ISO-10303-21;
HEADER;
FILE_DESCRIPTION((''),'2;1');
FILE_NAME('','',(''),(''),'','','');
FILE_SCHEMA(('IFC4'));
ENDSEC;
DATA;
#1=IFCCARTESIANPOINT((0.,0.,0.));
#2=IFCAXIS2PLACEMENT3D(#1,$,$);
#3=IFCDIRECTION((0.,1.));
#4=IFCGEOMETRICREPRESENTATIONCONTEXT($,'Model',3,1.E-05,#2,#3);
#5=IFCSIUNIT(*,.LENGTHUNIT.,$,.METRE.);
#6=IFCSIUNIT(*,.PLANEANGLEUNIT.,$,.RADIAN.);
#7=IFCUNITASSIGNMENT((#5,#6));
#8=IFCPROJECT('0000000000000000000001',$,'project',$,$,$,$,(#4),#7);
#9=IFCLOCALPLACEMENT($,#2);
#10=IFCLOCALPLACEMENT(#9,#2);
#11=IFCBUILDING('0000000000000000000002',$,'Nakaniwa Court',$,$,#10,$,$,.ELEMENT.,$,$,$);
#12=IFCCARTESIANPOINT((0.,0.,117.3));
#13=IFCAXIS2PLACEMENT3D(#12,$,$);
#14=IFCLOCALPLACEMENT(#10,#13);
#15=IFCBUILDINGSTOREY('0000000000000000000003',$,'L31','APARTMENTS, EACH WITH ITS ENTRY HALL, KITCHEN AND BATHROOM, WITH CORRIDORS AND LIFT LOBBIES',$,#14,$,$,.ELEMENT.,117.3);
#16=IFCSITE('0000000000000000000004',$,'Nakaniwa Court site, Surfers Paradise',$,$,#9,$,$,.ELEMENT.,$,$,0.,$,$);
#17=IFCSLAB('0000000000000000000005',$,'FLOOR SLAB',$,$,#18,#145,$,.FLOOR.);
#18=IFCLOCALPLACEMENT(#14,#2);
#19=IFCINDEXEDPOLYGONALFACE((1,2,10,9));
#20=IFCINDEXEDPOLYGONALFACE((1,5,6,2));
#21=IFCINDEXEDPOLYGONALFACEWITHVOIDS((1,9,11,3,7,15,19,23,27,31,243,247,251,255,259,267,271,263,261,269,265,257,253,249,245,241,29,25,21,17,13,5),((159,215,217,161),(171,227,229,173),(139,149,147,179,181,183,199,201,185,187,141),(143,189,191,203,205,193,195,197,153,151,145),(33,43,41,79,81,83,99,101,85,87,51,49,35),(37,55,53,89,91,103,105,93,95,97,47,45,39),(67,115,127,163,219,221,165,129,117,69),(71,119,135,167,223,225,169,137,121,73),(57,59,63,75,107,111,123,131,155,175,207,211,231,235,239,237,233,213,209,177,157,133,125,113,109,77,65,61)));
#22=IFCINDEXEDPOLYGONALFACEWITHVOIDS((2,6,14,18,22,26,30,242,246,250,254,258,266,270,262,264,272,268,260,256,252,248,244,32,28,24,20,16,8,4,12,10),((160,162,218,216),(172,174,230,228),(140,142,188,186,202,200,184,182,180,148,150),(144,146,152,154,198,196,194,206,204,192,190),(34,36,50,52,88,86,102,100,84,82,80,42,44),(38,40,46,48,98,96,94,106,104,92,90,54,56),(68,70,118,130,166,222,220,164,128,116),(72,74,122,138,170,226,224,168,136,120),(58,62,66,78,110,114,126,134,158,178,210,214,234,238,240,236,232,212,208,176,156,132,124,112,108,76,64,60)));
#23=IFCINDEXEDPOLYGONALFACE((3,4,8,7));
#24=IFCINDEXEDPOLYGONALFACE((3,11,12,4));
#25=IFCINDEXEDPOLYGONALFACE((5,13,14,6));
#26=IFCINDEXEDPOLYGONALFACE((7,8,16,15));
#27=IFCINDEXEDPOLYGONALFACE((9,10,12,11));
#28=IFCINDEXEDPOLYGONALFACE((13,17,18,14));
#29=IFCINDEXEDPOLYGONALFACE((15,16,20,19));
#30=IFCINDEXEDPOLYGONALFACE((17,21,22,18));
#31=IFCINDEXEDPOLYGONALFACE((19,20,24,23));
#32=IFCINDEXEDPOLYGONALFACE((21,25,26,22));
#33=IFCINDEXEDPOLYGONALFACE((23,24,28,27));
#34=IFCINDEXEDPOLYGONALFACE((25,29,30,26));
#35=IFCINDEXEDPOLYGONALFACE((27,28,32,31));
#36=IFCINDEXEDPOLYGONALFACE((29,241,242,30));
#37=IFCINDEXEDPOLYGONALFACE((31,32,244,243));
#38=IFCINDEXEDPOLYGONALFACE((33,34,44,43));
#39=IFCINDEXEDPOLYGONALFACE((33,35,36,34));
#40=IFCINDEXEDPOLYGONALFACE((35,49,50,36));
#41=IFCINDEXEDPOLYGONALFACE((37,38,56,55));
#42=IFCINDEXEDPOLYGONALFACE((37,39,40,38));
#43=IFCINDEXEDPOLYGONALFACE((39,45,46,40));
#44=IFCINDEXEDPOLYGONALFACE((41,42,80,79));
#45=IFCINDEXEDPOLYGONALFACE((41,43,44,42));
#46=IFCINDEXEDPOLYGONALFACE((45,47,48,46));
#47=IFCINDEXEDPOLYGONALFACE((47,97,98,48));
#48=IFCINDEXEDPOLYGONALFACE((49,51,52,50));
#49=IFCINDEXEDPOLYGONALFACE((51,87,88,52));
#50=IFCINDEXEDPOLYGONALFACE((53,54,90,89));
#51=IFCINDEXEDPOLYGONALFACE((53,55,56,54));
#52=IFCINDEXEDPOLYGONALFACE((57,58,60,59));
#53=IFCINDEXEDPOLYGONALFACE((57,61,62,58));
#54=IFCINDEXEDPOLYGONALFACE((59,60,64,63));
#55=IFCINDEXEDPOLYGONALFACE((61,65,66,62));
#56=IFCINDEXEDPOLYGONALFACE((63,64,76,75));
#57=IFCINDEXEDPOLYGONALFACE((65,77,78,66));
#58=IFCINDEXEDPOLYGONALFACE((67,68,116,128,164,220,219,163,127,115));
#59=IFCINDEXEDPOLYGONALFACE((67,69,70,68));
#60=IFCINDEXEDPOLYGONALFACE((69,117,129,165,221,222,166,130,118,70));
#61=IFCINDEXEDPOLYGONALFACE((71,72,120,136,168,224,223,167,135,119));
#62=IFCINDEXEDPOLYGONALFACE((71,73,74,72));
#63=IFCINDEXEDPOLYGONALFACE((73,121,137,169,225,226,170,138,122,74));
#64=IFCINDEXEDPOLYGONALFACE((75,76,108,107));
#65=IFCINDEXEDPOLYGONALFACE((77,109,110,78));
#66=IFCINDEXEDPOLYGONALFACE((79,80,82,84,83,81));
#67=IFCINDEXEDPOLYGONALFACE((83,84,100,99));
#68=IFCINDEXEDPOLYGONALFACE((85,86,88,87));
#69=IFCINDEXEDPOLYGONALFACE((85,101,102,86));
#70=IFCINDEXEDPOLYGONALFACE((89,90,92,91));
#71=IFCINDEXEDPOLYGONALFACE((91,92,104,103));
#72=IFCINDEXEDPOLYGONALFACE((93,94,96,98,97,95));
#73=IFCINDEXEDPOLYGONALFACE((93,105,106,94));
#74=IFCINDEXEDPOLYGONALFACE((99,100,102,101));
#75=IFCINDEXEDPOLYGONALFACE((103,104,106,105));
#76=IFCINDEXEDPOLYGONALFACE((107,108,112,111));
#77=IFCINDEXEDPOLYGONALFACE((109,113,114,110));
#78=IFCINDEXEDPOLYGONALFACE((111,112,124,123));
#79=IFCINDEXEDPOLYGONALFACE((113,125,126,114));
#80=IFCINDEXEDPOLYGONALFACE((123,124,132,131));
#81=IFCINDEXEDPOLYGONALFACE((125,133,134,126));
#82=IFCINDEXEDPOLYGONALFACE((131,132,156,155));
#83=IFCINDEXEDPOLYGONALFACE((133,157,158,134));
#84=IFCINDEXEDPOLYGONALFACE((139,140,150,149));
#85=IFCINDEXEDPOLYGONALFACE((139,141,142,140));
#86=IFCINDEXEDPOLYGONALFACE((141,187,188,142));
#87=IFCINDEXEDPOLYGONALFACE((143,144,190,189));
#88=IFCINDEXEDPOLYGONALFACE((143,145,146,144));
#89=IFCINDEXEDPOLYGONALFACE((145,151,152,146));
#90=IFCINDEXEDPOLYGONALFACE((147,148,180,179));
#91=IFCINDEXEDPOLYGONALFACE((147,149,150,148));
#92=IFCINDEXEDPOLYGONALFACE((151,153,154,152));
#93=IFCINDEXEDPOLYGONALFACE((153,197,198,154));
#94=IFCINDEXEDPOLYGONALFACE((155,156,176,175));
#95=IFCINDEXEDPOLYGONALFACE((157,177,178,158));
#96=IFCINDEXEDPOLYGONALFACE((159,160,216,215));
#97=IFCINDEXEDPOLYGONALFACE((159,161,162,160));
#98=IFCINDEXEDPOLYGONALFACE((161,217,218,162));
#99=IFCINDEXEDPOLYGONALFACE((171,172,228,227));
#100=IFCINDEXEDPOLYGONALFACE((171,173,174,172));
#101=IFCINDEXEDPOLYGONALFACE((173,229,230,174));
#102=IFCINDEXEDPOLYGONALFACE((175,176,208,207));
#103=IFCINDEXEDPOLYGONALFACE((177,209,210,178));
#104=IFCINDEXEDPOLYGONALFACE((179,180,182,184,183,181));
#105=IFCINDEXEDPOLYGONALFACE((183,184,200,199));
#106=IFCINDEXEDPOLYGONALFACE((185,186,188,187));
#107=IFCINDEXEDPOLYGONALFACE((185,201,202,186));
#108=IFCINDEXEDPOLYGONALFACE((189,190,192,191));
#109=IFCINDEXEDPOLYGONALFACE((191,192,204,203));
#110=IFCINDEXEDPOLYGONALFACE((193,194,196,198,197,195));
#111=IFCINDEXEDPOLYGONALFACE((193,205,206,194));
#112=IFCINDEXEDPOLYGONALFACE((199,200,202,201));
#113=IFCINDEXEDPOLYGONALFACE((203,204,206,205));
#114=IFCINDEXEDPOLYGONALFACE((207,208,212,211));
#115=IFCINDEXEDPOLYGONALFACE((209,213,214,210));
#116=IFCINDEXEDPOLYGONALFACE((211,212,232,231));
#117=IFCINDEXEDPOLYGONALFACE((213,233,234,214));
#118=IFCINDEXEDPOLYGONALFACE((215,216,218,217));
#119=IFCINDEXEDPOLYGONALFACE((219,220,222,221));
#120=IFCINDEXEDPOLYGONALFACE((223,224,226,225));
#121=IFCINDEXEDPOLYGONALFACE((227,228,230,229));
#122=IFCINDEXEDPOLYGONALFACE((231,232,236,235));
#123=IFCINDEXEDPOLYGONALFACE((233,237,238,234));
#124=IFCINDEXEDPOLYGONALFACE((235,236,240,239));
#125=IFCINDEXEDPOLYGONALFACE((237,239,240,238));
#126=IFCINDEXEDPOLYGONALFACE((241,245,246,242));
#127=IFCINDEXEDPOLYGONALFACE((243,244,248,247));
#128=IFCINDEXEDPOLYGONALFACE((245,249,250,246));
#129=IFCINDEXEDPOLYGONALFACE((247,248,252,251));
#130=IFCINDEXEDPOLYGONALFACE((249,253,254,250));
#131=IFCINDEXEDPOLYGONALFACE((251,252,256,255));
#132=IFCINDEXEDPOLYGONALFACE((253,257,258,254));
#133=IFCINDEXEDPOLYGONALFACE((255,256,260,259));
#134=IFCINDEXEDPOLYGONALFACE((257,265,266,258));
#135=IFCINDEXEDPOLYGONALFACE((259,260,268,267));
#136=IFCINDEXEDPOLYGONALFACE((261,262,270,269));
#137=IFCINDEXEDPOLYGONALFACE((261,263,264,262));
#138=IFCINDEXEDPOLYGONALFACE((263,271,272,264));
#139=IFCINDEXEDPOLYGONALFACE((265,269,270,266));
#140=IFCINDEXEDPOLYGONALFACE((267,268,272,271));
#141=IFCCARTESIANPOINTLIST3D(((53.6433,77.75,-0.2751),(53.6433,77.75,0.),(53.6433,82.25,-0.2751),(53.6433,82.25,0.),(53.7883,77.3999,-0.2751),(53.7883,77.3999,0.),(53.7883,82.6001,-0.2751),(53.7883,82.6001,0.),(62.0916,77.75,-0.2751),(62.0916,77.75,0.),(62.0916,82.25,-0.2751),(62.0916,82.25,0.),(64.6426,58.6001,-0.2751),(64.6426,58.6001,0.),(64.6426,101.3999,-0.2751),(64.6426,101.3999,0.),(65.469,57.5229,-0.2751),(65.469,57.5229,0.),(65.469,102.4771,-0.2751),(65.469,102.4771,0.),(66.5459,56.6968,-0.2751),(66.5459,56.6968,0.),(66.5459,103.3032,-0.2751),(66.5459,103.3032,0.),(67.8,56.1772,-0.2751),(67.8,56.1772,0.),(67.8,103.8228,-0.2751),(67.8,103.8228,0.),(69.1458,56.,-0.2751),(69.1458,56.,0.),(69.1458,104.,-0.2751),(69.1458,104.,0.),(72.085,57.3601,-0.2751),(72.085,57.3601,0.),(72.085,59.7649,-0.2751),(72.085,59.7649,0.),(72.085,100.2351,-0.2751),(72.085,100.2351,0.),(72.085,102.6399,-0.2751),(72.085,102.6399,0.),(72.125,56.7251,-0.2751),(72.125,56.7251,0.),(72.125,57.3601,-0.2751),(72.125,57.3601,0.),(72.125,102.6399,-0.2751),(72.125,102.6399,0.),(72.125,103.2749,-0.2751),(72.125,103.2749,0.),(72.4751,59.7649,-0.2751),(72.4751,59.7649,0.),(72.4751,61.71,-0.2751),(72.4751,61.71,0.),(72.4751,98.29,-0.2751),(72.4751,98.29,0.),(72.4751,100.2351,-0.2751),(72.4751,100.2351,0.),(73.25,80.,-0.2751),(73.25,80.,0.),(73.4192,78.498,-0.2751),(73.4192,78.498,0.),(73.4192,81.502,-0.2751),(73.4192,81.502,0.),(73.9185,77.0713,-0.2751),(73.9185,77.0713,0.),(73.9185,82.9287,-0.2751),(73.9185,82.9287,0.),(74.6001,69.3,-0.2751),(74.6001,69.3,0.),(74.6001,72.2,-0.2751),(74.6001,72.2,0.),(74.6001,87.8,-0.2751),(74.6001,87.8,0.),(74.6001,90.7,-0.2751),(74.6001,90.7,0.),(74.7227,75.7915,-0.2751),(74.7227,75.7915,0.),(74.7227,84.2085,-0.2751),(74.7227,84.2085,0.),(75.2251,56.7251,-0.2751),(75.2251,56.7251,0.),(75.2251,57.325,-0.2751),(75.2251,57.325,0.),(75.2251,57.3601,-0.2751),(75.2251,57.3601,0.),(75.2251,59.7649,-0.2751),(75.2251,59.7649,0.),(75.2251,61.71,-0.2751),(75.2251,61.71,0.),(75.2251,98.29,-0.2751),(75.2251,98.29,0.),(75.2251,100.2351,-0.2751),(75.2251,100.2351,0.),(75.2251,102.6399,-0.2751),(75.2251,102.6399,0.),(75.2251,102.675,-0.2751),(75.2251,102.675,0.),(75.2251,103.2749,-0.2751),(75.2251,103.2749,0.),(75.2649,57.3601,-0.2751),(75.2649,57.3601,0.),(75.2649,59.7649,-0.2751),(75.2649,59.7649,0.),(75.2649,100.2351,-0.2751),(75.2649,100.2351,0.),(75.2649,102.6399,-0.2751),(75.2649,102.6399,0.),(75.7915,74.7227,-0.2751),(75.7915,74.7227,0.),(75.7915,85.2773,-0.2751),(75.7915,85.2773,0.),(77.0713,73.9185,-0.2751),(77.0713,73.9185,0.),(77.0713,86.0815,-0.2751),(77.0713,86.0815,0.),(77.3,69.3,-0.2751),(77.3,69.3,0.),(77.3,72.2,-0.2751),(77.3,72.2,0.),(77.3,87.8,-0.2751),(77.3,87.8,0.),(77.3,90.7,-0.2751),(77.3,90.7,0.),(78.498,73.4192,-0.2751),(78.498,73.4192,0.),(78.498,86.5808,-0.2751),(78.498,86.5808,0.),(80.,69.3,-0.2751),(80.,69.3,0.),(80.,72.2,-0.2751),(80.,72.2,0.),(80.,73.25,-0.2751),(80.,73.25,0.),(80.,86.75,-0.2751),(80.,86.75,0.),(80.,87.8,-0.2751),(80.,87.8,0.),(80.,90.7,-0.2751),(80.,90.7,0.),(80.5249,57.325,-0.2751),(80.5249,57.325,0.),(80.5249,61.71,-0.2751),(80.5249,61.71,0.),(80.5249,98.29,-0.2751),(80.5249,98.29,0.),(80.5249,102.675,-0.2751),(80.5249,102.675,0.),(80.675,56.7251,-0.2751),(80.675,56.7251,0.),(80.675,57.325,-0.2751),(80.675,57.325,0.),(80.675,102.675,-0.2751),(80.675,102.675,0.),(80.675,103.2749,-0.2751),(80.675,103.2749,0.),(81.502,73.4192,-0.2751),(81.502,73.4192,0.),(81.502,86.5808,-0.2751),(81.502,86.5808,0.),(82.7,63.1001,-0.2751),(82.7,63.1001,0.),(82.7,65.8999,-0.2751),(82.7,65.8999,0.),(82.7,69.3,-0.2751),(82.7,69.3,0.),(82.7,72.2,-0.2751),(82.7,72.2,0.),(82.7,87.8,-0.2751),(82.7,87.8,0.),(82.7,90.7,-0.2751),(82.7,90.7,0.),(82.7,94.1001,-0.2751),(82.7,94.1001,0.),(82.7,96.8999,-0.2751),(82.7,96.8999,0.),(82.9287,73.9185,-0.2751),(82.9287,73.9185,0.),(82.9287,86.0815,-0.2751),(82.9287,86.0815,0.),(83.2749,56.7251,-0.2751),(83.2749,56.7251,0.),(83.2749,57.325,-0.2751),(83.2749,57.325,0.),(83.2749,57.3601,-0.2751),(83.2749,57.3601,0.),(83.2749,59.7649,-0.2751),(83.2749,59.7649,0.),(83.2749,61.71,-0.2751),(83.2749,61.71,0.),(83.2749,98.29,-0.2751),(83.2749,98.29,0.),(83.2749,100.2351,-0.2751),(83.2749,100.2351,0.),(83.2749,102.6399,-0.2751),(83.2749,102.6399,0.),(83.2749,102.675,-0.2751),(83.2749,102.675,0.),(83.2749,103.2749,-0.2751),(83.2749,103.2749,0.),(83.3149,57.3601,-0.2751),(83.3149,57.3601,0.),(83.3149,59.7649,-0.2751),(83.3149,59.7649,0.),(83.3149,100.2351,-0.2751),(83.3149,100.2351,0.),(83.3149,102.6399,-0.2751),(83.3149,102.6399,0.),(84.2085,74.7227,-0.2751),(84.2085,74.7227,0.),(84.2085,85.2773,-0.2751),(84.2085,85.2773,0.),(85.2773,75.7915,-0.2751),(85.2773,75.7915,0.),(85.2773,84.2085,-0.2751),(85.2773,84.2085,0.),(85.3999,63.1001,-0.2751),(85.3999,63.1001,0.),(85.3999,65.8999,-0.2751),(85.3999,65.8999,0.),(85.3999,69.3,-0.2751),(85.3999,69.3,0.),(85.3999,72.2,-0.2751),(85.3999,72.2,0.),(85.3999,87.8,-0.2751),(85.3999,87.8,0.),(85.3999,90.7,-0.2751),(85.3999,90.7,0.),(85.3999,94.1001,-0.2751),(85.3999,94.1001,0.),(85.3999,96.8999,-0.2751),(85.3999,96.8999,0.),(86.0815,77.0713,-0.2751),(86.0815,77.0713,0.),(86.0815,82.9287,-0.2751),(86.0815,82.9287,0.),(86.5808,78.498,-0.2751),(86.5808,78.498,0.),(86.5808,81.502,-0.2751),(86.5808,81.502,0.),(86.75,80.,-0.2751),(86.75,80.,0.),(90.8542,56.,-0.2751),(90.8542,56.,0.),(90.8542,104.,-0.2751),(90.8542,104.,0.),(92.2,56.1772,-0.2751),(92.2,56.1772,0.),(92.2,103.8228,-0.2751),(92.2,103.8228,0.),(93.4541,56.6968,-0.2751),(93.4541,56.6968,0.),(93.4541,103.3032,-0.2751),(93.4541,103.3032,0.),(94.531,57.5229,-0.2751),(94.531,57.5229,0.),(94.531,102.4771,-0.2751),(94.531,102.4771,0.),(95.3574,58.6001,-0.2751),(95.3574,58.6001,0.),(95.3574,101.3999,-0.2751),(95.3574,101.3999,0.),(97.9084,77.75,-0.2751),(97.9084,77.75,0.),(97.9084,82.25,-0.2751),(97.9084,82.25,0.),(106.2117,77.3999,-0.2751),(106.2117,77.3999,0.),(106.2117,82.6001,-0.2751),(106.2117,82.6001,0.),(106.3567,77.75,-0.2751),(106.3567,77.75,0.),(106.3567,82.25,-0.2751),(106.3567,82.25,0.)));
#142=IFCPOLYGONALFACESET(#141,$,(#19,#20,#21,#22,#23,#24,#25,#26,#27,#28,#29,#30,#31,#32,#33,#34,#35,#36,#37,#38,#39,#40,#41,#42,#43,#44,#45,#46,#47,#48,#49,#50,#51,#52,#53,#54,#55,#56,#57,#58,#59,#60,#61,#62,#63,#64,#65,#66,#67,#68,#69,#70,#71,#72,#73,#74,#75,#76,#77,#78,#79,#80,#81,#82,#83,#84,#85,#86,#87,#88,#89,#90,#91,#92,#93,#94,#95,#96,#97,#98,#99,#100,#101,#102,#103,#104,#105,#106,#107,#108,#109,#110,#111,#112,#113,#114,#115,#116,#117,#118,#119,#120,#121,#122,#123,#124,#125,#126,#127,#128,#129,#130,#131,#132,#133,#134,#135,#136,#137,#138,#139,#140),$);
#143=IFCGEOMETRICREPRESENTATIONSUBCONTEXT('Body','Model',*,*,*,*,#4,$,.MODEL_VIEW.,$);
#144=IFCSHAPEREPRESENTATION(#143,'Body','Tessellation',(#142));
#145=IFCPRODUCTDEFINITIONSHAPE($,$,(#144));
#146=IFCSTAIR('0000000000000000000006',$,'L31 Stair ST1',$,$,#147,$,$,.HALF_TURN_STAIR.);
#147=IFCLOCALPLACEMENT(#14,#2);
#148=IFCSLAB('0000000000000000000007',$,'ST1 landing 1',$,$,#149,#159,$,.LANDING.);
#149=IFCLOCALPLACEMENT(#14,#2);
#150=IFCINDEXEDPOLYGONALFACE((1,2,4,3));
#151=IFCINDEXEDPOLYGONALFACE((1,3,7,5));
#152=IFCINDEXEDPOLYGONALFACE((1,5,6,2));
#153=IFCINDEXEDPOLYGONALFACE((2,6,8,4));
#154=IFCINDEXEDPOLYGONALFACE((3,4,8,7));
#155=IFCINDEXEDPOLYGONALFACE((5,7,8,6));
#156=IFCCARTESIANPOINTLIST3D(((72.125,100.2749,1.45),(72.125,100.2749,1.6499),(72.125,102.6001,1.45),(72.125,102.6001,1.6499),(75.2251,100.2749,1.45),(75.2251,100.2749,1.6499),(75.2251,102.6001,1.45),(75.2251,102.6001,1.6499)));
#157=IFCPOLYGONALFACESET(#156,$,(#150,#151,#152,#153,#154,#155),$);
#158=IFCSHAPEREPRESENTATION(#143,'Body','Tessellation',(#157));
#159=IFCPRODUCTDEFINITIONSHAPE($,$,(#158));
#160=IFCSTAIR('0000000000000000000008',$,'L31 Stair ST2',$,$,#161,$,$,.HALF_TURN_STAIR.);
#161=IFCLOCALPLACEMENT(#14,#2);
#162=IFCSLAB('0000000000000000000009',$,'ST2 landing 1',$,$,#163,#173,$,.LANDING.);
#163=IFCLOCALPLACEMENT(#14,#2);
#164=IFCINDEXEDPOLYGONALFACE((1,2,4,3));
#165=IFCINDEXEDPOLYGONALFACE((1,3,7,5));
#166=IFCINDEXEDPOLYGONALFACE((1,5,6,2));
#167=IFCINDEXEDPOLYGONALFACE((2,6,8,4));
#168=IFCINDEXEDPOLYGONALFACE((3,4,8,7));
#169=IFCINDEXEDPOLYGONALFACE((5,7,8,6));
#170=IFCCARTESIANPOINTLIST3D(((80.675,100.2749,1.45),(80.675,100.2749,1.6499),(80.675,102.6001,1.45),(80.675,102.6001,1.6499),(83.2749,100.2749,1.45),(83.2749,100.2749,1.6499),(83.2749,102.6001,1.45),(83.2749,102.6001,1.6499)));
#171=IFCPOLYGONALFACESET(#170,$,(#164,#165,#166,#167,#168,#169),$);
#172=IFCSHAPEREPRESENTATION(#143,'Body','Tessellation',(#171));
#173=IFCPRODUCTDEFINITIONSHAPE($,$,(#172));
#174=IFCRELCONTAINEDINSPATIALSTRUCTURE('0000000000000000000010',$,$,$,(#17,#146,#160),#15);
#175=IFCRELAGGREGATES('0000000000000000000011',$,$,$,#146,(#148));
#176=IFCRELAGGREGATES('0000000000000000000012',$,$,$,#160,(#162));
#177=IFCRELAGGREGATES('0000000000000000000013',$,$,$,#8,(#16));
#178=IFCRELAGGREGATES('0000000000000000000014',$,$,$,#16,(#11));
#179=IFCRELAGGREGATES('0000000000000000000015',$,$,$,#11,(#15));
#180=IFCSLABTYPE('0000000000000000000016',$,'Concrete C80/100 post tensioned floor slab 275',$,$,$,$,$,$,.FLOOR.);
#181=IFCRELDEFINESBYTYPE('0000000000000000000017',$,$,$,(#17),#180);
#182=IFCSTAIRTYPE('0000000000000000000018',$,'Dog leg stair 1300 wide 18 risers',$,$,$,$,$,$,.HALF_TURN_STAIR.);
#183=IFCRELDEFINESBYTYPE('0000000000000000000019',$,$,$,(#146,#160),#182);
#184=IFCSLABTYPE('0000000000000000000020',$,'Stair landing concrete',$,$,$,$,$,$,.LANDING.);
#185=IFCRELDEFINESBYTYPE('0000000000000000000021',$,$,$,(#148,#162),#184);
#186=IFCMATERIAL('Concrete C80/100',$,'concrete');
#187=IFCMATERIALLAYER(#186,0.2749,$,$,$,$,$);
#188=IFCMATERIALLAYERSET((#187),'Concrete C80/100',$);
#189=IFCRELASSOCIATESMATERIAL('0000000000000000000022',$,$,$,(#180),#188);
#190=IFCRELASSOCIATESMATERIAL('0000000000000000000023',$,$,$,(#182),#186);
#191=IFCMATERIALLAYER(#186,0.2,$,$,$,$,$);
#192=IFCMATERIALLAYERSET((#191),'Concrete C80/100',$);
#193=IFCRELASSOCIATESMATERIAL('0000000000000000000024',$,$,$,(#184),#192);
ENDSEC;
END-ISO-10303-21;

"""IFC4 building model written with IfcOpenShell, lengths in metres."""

from ifc_helpers import new_model, si_unit, direction, frame, origin, place, context, subcontext, project, spatial, polyline, outline, extrude, material, layer, layer_set, type_object, element, aggregate, save


model = new_model("IFC4")

# Units and contexts
model_context = context("Model", 3, precision=1e-05, world=origin(), true_north=direction((0.0, 1.0)))
body_context = subcontext(model_context, "Body", "Model", "MODEL_VIEW")
ifc_project = project(units=[si_unit("LENGTHUNIT", "METRE"), si_unit("PLANEANGLEUNIT", "RADIAN")], contexts=[model_context])

# Site, building, storey
site_placement = place(None, origin())
site = spatial("IfcSite", under=ifc_project, at=site_placement, Name="Nakaniwa Court site, Surfers Paradise", CompositionType="ELEMENT", RefElevation=0.0)
building_placement = place(site_placement, origin())
building = spatial("IfcBuilding", under=site, at=building_placement, Name="Nakaniwa Court", CompositionType="ELEMENT")
storey_placement = place(building_placement, frame((0.0, 0.0, 117.3)))
storey = spatial("IfcBuildingStorey", under=building, at=storey_placement, Name="L31", Description="APARTMENTS, EACH WITH ITS ENTRY HALL, KITCHEN AND BATHROOM, WITH CORRIDORS AND LIFT LOBBIES", CompositionType="ELEMENT", Elevation=117.3)

# Shared definitions
ifc_material_1 = material(Name="Concrete C80/100", Category="concrete")

# Slab
ifc_layer_1 = layer(ifc_material_1, 0.2749)
ifc_layer_set_1 = layer_set([ifc_layer_1], Name="Concrete C80/100")
slab_type_1 = type_object("IfcSlabType", Name="Concrete C80/100 post tensioned floor slab 275", PredefinedType="FLOOR", material=ifc_layer_set_1)
slab_1_placement = place(storey_placement, frame((0.0, 0.0, -0.2751)))
element("IfcSlab", 1, at=slab_1_placement, inside=storey, type_object=slab_type_1, Name="FLOOR SLAB", PredefinedType="FLOOR", context=body_context, shape_type="SweptSolid", body=[
    extrude(outline(polyline([(97.9084, 82.25), (106.3567, 82.25), (106.2117, 82.6001), (95.3574, 101.3999), (94.531, 102.4771), (93.4541, 103.3032), (92.2, 103.8228), (90.8542, 104.0), (69.1458, 104.0), (67.8, 103.8228), (66.5459, 103.3032), (65.469, 102.4771), (64.6426, 101.3999), (53.7883, 82.6001), (53.6433, 82.25), (62.0916, 82.25), (62.0916, 77.75), (53.6433, 77.75), (53.7883, 77.3999), (64.6426, 58.6001), (65.469, 57.5229), (66.5459, 56.6968), (67.8, 56.1772), (69.1458, 56.0), (90.8542, 56.0), (92.2, 56.1772), (93.4541, 56.6968), (94.531, 57.5229), (95.3574, 58.6001), (106.2117, 77.3999), (106.3567, 77.75), (97.9084, 77.75), (97.9084, 82.25)]), holes=[polyline([(81.502, 86.5808), (80.0, 86.75), (78.498, 86.5808), (77.0713, 86.0815), (75.7915, 85.2773), (74.7227, 84.2085), (73.9185, 82.9287), (73.4192, 81.502), (73.25, 80.0), (73.4192, 78.498), (73.9185, 77.0713), (74.7227, 75.7915), (75.7915, 74.7227), (77.0713, 73.9185), (78.498, 73.4192), (80.0, 73.25), (81.502, 73.4192), (82.9287, 73.9185), (84.2085, 74.7227), (85.2773, 75.7915), (86.0815, 77.0713), (86.5808, 78.498), (86.75, 80.0), (86.5808, 81.502), (86.0815, 82.9287), (85.2773, 84.2085), (84.2085, 85.2773), (82.9287, 86.0815), (81.502, 86.5808)]), polyline([(75.2649, 57.3601), (75.2649, 59.7649), (75.2251, 59.7649), (75.2251, 61.71), (72.4751, 61.71), (72.4751, 59.7649), (72.085, 59.7649), (72.085, 57.3601), (72.125, 57.3601), (72.125, 56.7251), (75.2251, 56.7251), (75.2251, 57.325), (75.2251, 57.3601), (75.2649, 57.3601)]), polyline([(80.0, 69.3), (82.7, 69.3), (85.3999, 69.3), (85.3999, 72.2), (82.7, 72.2), (80.0, 72.2), (77.3, 72.2), (74.6001, 72.2), (74.6001, 69.3), (77.3, 69.3), (80.0, 69.3)]), polyline([(80.0, 87.8), (82.7, 87.8), (85.3999, 87.8), (85.3999, 90.7), (82.7, 90.7), (80.0, 90.7), (77.3, 90.7), (74.6001, 90.7), (74.6001, 87.8), (77.3, 87.8), (80.0, 87.8)]), polyline([(75.2649, 100.2351), (75.2649, 102.6399), (75.2251, 102.6399), (75.2251, 102.675), (75.2251, 103.2749), (72.125, 103.2749), (72.125, 102.6399), (72.085, 102.6399), (72.085, 100.2351), (72.4751, 100.2351), (72.4751, 98.29), (75.2251, 98.29), (75.2251, 100.2351), (75.2649, 100.2351)]), polyline([(83.2749, 61.71), (80.5249, 61.71), (80.5249, 57.325), (80.675, 57.325), (80.675, 56.7251), (83.2749, 56.7251), (83.2749, 57.325), (83.2749, 57.3601), (83.3149, 57.3601), (83.3149, 59.7649), (83.2749, 59.7649), (83.2749, 61.71)]), polyline([(85.3999, 65.8999), (82.7, 65.8999), (82.7, 63.1001), (85.3999, 63.1001), (85.3999, 65.8999)]), polyline([(85.3999, 96.8999), (82.7, 96.8999), (82.7, 94.1001), (85.3999, 94.1001), (85.3999, 96.8999)]), polyline([(83.2749, 100.2351), (83.3149, 100.2351), (83.3149, 102.6399), (83.2749, 102.6399), (83.2749, 102.675), (83.2749, 103.2749), (80.675, 103.2749), (80.675, 102.675), (80.5249, 102.675), (80.5249, 98.29), (83.2749, 98.29), (83.2749, 100.2351)])]), origin(), (0.0, 0.0, 1.0), 0.2751),
])

# Stairs, slabs
stair_type = type_object("IfcStairType", Name="Dog leg stair 1300 wide 18 risers", PredefinedType="HALF_TURN_STAIR", material=ifc_material_1)
stair_1_placement = place(storey_placement, origin())
stair_1 = element("IfcStair", 2, at=stair_1_placement, inside=storey, type_object=stair_type, Name="L31 Stair ST1", PredefinedType="HALF_TURN_STAIR")
ifc_layer_2 = layer(ifc_material_1, 0.2)
ifc_layer_set_2 = layer_set([ifc_layer_2], Name="Concrete C80/100")
slab_type_2 = type_object("IfcSlabType", Name="Stair landing concrete", PredefinedType="LANDING", material=ifc_layer_set_2)
slab_2_placement = place(storey_placement, frame((0.0, 0.0, 1.45)))
slab_2 = element("IfcSlab", 3, at=slab_2_placement, type_object=slab_type_2, Name="ST1 landing 1", PredefinedType="LANDING", context=body_context, shape_type="SweptSolid", body=[
    extrude(outline(polyline([(75.2251, 100.2749), (75.2251, 102.6001), (72.125, 102.6001), (72.125, 100.2749), (75.2251, 100.2749)])), origin(), (0.0, 0.0, 1.0), 0.2),
])
aggregate(stair_1, [slab_2])
stair_2_placement = place(storey_placement, origin())
stair_2 = element("IfcStair", 4, at=stair_2_placement, inside=storey, type_object=stair_type, Name="L31 Stair ST2", PredefinedType="HALF_TURN_STAIR")
slab_3_placement = place(storey_placement, frame((0.0, 0.0, 1.45)))
slab_3 = element("IfcSlab", 5, at=slab_3_placement, type_object=slab_type_2, Name="ST2 landing 1", PredefinedType="LANDING", context=body_context, shape_type="SweptSolid", body=[
    extrude(outline(polyline([(83.2749, 100.2749), (83.2749, 102.6001), (80.675, 102.6001), (80.675, 100.2749), (83.2749, 100.2749)])), origin(), (0.0, 0.0, 1.0), 0.2),
])
aggregate(stair_2, [slab_3])

save(model, "model.ifc")
